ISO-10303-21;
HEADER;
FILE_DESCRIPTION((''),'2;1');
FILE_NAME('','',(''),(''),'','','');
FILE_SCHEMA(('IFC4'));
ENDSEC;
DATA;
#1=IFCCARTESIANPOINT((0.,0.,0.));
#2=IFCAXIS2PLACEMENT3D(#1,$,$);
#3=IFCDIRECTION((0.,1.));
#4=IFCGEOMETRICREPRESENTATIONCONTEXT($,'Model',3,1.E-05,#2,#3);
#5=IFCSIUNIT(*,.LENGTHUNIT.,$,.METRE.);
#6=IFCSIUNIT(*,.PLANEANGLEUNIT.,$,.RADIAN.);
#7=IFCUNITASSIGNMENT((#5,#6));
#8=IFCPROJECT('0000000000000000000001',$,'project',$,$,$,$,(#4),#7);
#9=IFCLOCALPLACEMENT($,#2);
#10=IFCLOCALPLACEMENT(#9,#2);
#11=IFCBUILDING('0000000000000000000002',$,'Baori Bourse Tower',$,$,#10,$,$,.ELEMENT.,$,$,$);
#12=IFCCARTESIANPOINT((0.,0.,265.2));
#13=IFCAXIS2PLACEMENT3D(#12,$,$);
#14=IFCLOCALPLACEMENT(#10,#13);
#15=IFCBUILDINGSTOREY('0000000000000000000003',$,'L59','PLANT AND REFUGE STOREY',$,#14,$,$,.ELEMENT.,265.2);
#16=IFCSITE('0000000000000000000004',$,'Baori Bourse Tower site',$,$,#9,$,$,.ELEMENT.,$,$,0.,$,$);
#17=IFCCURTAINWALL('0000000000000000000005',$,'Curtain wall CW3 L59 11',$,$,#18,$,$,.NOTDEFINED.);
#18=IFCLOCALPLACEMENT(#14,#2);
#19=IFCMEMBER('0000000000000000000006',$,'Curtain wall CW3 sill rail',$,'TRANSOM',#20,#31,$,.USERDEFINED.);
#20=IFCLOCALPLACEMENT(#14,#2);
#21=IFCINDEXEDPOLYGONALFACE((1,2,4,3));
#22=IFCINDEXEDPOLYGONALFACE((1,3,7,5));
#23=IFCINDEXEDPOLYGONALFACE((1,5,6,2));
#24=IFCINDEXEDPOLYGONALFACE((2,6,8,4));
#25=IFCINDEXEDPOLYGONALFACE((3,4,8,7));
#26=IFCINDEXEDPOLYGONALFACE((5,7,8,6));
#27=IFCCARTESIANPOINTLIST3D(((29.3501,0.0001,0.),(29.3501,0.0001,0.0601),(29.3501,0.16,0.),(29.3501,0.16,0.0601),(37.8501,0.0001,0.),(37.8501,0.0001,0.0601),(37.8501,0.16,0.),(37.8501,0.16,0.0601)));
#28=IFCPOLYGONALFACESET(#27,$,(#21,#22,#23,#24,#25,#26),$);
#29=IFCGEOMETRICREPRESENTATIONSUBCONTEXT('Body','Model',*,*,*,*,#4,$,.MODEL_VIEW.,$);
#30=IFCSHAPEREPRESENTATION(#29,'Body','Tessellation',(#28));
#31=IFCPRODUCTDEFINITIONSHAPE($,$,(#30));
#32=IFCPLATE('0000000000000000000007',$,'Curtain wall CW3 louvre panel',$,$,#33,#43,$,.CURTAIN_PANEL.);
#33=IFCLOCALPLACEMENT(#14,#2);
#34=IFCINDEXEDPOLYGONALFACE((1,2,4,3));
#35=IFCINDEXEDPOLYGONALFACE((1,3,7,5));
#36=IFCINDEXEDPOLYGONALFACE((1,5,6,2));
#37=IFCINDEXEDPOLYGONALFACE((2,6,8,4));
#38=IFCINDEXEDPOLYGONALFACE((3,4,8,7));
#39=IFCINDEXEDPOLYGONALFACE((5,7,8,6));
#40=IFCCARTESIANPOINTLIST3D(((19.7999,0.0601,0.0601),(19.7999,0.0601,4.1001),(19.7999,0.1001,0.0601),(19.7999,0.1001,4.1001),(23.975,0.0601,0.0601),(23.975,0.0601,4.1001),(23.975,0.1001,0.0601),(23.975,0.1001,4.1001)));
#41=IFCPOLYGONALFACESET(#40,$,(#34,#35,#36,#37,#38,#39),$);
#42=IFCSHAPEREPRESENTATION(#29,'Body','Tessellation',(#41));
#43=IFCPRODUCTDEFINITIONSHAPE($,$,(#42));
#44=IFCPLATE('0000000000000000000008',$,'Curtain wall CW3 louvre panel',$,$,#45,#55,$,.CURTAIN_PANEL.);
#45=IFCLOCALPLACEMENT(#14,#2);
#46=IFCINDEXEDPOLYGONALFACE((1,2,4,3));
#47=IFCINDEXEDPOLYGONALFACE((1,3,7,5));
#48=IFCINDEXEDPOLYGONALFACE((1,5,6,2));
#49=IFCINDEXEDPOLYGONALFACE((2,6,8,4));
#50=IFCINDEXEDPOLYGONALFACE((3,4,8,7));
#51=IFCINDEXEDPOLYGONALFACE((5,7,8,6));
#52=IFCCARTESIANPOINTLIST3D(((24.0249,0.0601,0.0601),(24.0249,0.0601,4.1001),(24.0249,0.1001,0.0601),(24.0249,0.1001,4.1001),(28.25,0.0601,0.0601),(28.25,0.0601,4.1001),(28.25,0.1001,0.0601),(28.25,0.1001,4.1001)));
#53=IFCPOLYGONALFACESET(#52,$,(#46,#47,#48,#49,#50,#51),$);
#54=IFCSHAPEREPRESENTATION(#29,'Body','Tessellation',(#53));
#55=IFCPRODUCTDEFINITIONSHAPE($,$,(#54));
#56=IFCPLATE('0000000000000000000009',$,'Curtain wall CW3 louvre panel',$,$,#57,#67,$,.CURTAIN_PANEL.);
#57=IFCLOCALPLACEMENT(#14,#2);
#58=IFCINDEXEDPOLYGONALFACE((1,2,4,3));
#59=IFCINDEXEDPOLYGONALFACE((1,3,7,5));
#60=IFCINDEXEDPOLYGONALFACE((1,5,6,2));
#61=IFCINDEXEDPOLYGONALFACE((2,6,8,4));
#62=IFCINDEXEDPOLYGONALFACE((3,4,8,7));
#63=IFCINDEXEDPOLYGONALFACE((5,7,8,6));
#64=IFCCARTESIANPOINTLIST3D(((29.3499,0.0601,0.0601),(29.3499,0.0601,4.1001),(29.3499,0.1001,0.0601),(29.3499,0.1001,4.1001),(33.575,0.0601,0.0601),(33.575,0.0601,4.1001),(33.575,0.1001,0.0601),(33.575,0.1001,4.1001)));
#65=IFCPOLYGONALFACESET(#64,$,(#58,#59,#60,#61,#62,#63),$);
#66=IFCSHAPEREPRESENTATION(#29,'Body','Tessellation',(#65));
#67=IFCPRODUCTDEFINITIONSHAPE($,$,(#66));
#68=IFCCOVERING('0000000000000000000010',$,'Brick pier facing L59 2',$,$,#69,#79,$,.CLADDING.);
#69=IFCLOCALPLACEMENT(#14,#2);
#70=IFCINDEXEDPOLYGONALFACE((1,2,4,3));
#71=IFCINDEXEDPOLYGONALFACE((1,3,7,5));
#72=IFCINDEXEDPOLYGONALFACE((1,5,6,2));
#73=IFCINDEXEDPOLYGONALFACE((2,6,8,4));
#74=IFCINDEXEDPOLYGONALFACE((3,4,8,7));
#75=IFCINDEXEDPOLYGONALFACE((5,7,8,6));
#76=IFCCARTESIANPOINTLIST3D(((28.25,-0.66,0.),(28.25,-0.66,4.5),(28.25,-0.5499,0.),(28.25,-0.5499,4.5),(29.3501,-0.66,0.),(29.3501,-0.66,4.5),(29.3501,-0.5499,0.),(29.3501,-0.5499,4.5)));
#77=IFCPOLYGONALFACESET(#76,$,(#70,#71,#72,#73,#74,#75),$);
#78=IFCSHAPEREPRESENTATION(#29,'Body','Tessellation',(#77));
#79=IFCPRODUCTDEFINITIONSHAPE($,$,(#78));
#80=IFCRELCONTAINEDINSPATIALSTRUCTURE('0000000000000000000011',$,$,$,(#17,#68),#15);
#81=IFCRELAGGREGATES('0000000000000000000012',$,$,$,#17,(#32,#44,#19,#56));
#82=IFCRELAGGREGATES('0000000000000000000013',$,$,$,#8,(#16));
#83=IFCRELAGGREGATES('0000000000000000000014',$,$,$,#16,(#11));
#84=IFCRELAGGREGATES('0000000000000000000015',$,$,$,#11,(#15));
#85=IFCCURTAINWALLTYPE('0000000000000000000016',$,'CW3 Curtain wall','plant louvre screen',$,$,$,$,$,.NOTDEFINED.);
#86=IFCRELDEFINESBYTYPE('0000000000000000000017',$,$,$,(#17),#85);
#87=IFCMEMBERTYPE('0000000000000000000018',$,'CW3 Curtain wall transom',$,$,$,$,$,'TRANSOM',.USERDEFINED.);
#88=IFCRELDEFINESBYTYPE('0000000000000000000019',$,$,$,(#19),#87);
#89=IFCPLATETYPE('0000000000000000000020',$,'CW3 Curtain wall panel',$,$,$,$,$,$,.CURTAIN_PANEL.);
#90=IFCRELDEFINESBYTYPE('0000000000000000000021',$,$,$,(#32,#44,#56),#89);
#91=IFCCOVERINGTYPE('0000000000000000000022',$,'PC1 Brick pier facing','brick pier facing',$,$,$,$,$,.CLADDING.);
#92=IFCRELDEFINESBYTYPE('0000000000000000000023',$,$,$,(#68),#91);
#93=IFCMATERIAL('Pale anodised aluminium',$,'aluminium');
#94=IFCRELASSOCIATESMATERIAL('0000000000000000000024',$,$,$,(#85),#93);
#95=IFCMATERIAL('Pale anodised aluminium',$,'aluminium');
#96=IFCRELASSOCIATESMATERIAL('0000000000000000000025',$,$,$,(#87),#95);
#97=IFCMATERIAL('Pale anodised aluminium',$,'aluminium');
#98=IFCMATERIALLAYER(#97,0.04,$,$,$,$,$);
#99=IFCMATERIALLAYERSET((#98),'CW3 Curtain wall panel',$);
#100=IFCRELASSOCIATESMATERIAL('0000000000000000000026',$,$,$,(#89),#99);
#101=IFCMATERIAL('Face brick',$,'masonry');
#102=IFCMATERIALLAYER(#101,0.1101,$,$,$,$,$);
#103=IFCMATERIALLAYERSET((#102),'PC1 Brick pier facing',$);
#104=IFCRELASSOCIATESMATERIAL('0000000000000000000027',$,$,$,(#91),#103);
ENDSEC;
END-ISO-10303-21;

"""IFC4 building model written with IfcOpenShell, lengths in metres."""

from ifc_helpers import new_model, si_unit, direction, frame, origin, origin_2d, place, context, subcontext, project, spatial, rectangle, extrude, material, layer, layer_set, material_profile, profile_set, type_object, element, aggregate, save


model = new_model("IFC4")

# Units and contexts
model_context = context("Model", 3, precision=1e-05, world=origin(), true_north=direction((0.0, 1.0)))
body_context = subcontext(model_context, "Body", "Model", "MODEL_VIEW")
ifc_project = project(units=[si_unit("LENGTHUNIT", "METRE"), si_unit("PLANEANGLEUNIT", "RADIAN")], contexts=[model_context])

# Site, building, storey
site_placement = place(None, origin())
site = spatial("IfcSite", under=ifc_project, at=site_placement, Name="Baori Bourse Tower site", CompositionType="ELEMENT", RefElevation=0.0)
building_placement = place(site_placement, origin())
building = spatial("IfcBuilding", under=site, at=building_placement, Name="Baori Bourse Tower", CompositionType="ELEMENT")
storey_placement = place(building_placement, frame((0.0, 0.0, 265.2)))
storey = spatial("IfcBuildingStorey", under=building, at=storey_placement, Name="L59", Description="PLANT AND REFUGE STOREY", CompositionType="ELEMENT", Elevation=265.2)

# Curtain wall, member, plates
ifc_material_1 = material(Name="Pale anodised aluminium", Category="aluminium")
curtain_wall_type = type_object("IfcCurtainWallType", Name="CW3 Curtain wall", Description="plant louvre screen", PredefinedType="NOTDEFINED", material=ifc_material_1)
curtain_wall_placement = place(storey_placement, origin())
curtain_wall = element("IfcCurtainWall", 1, at=curtain_wall_placement, inside=storey, type_object=curtain_wall_type, Name="Curtain wall CW3 L59 11", PredefinedType="NOTDEFINED")
ifc_material_2 = material(Name="Pale anodised aluminium", Category="aluminium")
ifc_material_profile_1 = material_profile(ifc_material_2, rectangle(XDim=0.1599, YDim=0.0601, at=origin_2d()), Name="Transom 60x160")
ifc_profile_set_1 = profile_set([ifc_material_profile_1], Name="Pale anodised aluminium")
member_type_1 = type_object("IfcMemberType", Name="CW3 Curtain wall transom", ElementType="TRANSOM", PredefinedType="USERDEFINED", material=ifc_profile_set_1)
member_1_placement = place(storey_placement, frame((29.3501, 0.0801, 0.03), z_axis=(1.0, 0.0, 0.0), x_axis=(0.0, 1.0, 0.0)))
member_1 = element("IfcMember", 2, at=member_1_placement, type_object=member_type_1, Name="Curtain wall CW3 sill rail", ObjectType="TRANSOM", PredefinedType="USERDEFINED", context=body_context, shape_type="SweptSolid", body=[
    extrude(rectangle(XDim=0.1599, YDim=0.0601, at=origin_2d()), origin(), (0.0, 0.0, 1.0), 8.5),
])
ifc_material_3 = material(Name="Pale anodised aluminium", Category="aluminium")
ifc_layer_1 = layer(ifc_material_3, 0.04)
ifc_layer_set_1 = layer_set([ifc_layer_1], Name="CW3 Curtain wall panel")
plate_type = type_object("IfcPlateType", Name="CW3 Curtain wall panel", PredefinedType="CURTAIN_PANEL", material=ifc_layer_set_1)
plate_1_placement = place(storey_placement, frame((21.8875, 0.0801, 0.0601), z_axis=(0.0, 0.0, 1.0), x_axis=(1.0, 0.0, 0.0)))
plate_1 = element("IfcPlate", 3, at=plate_1_placement, type_object=plate_type, Name="Curtain wall CW3 louvre panel", PredefinedType="CURTAIN_PANEL", context=body_context, shape_type="SweptSolid", body=[
    extrude(rectangle(XDim=4.175, YDim=0.04, at=origin_2d()), origin(), (0.0, 0.0, 1.0), 4.04),
])
plate_2_placement = place(storey_placement, frame((26.1375, 0.0801, 0.0601), z_axis=(0.0, 0.0, 1.0), x_axis=(1.0, 0.0, 0.0)))
plate_2 = element("IfcPlate", 4, at=plate_2_placement, type_object=plate_type, Name="Curtain wall CW3 louvre panel", PredefinedType="CURTAIN_PANEL", context=body_context, shape_type="SweptSolid", body=[
    extrude(rectangle(XDim=4.2251, YDim=0.04, at=origin_2d()), origin(), (0.0, 0.0, 1.0), 4.04),
])
plate_3_placement = place(storey_placement, frame((31.4624, 0.0801, 0.0601), z_axis=(0.0, 0.0, 1.0), x_axis=(1.0, 0.0, 0.0)))
plate_3 = element("IfcPlate", 5, at=plate_3_placement, type_object=plate_type, Name="Curtain wall CW3 louvre panel", PredefinedType="CURTAIN_PANEL", context=body_context, shape_type="SweptSolid", body=[
    extrude(rectangle(XDim=4.2251, YDim=0.04, at=origin_2d()), origin(), (0.0, 0.0, 1.0), 4.04),
])
aggregate(curtain_wall, [plate_1, plate_2, member_1, plate_3])

# Covering
ifc_material_4 = material(Name="Face brick", Category="masonry")
ifc_layer_2 = layer(ifc_material_4, 0.1101)
ifc_layer_set_2 = layer_set([ifc_layer_2], Name="PC1 Brick pier facing")
covering_type = type_object("IfcCoveringType", Name="PC1 Brick pier facing", Description="brick pier facing", PredefinedType="CLADDING", material=ifc_layer_set_2)
covering_placement = place(storey_placement, frame((28.8, -0.605, 0.0), z_axis=(0.0, 0.0, 1.0), x_axis=(1.0, 0.0, 0.0)))
element("IfcCovering", 6, at=covering_placement, inside=storey, type_object=covering_type, Name="Brick pier facing L59 2", PredefinedType="CLADDING", context=body_context, shape_type="SweptSolid", body=[
    extrude(rectangle(XDim=1.1001, YDim=0.1101, at=origin_2d()), origin(), (0.0, 0.0, 1.0), 4.5),
])

save(model, "model.ifc")
